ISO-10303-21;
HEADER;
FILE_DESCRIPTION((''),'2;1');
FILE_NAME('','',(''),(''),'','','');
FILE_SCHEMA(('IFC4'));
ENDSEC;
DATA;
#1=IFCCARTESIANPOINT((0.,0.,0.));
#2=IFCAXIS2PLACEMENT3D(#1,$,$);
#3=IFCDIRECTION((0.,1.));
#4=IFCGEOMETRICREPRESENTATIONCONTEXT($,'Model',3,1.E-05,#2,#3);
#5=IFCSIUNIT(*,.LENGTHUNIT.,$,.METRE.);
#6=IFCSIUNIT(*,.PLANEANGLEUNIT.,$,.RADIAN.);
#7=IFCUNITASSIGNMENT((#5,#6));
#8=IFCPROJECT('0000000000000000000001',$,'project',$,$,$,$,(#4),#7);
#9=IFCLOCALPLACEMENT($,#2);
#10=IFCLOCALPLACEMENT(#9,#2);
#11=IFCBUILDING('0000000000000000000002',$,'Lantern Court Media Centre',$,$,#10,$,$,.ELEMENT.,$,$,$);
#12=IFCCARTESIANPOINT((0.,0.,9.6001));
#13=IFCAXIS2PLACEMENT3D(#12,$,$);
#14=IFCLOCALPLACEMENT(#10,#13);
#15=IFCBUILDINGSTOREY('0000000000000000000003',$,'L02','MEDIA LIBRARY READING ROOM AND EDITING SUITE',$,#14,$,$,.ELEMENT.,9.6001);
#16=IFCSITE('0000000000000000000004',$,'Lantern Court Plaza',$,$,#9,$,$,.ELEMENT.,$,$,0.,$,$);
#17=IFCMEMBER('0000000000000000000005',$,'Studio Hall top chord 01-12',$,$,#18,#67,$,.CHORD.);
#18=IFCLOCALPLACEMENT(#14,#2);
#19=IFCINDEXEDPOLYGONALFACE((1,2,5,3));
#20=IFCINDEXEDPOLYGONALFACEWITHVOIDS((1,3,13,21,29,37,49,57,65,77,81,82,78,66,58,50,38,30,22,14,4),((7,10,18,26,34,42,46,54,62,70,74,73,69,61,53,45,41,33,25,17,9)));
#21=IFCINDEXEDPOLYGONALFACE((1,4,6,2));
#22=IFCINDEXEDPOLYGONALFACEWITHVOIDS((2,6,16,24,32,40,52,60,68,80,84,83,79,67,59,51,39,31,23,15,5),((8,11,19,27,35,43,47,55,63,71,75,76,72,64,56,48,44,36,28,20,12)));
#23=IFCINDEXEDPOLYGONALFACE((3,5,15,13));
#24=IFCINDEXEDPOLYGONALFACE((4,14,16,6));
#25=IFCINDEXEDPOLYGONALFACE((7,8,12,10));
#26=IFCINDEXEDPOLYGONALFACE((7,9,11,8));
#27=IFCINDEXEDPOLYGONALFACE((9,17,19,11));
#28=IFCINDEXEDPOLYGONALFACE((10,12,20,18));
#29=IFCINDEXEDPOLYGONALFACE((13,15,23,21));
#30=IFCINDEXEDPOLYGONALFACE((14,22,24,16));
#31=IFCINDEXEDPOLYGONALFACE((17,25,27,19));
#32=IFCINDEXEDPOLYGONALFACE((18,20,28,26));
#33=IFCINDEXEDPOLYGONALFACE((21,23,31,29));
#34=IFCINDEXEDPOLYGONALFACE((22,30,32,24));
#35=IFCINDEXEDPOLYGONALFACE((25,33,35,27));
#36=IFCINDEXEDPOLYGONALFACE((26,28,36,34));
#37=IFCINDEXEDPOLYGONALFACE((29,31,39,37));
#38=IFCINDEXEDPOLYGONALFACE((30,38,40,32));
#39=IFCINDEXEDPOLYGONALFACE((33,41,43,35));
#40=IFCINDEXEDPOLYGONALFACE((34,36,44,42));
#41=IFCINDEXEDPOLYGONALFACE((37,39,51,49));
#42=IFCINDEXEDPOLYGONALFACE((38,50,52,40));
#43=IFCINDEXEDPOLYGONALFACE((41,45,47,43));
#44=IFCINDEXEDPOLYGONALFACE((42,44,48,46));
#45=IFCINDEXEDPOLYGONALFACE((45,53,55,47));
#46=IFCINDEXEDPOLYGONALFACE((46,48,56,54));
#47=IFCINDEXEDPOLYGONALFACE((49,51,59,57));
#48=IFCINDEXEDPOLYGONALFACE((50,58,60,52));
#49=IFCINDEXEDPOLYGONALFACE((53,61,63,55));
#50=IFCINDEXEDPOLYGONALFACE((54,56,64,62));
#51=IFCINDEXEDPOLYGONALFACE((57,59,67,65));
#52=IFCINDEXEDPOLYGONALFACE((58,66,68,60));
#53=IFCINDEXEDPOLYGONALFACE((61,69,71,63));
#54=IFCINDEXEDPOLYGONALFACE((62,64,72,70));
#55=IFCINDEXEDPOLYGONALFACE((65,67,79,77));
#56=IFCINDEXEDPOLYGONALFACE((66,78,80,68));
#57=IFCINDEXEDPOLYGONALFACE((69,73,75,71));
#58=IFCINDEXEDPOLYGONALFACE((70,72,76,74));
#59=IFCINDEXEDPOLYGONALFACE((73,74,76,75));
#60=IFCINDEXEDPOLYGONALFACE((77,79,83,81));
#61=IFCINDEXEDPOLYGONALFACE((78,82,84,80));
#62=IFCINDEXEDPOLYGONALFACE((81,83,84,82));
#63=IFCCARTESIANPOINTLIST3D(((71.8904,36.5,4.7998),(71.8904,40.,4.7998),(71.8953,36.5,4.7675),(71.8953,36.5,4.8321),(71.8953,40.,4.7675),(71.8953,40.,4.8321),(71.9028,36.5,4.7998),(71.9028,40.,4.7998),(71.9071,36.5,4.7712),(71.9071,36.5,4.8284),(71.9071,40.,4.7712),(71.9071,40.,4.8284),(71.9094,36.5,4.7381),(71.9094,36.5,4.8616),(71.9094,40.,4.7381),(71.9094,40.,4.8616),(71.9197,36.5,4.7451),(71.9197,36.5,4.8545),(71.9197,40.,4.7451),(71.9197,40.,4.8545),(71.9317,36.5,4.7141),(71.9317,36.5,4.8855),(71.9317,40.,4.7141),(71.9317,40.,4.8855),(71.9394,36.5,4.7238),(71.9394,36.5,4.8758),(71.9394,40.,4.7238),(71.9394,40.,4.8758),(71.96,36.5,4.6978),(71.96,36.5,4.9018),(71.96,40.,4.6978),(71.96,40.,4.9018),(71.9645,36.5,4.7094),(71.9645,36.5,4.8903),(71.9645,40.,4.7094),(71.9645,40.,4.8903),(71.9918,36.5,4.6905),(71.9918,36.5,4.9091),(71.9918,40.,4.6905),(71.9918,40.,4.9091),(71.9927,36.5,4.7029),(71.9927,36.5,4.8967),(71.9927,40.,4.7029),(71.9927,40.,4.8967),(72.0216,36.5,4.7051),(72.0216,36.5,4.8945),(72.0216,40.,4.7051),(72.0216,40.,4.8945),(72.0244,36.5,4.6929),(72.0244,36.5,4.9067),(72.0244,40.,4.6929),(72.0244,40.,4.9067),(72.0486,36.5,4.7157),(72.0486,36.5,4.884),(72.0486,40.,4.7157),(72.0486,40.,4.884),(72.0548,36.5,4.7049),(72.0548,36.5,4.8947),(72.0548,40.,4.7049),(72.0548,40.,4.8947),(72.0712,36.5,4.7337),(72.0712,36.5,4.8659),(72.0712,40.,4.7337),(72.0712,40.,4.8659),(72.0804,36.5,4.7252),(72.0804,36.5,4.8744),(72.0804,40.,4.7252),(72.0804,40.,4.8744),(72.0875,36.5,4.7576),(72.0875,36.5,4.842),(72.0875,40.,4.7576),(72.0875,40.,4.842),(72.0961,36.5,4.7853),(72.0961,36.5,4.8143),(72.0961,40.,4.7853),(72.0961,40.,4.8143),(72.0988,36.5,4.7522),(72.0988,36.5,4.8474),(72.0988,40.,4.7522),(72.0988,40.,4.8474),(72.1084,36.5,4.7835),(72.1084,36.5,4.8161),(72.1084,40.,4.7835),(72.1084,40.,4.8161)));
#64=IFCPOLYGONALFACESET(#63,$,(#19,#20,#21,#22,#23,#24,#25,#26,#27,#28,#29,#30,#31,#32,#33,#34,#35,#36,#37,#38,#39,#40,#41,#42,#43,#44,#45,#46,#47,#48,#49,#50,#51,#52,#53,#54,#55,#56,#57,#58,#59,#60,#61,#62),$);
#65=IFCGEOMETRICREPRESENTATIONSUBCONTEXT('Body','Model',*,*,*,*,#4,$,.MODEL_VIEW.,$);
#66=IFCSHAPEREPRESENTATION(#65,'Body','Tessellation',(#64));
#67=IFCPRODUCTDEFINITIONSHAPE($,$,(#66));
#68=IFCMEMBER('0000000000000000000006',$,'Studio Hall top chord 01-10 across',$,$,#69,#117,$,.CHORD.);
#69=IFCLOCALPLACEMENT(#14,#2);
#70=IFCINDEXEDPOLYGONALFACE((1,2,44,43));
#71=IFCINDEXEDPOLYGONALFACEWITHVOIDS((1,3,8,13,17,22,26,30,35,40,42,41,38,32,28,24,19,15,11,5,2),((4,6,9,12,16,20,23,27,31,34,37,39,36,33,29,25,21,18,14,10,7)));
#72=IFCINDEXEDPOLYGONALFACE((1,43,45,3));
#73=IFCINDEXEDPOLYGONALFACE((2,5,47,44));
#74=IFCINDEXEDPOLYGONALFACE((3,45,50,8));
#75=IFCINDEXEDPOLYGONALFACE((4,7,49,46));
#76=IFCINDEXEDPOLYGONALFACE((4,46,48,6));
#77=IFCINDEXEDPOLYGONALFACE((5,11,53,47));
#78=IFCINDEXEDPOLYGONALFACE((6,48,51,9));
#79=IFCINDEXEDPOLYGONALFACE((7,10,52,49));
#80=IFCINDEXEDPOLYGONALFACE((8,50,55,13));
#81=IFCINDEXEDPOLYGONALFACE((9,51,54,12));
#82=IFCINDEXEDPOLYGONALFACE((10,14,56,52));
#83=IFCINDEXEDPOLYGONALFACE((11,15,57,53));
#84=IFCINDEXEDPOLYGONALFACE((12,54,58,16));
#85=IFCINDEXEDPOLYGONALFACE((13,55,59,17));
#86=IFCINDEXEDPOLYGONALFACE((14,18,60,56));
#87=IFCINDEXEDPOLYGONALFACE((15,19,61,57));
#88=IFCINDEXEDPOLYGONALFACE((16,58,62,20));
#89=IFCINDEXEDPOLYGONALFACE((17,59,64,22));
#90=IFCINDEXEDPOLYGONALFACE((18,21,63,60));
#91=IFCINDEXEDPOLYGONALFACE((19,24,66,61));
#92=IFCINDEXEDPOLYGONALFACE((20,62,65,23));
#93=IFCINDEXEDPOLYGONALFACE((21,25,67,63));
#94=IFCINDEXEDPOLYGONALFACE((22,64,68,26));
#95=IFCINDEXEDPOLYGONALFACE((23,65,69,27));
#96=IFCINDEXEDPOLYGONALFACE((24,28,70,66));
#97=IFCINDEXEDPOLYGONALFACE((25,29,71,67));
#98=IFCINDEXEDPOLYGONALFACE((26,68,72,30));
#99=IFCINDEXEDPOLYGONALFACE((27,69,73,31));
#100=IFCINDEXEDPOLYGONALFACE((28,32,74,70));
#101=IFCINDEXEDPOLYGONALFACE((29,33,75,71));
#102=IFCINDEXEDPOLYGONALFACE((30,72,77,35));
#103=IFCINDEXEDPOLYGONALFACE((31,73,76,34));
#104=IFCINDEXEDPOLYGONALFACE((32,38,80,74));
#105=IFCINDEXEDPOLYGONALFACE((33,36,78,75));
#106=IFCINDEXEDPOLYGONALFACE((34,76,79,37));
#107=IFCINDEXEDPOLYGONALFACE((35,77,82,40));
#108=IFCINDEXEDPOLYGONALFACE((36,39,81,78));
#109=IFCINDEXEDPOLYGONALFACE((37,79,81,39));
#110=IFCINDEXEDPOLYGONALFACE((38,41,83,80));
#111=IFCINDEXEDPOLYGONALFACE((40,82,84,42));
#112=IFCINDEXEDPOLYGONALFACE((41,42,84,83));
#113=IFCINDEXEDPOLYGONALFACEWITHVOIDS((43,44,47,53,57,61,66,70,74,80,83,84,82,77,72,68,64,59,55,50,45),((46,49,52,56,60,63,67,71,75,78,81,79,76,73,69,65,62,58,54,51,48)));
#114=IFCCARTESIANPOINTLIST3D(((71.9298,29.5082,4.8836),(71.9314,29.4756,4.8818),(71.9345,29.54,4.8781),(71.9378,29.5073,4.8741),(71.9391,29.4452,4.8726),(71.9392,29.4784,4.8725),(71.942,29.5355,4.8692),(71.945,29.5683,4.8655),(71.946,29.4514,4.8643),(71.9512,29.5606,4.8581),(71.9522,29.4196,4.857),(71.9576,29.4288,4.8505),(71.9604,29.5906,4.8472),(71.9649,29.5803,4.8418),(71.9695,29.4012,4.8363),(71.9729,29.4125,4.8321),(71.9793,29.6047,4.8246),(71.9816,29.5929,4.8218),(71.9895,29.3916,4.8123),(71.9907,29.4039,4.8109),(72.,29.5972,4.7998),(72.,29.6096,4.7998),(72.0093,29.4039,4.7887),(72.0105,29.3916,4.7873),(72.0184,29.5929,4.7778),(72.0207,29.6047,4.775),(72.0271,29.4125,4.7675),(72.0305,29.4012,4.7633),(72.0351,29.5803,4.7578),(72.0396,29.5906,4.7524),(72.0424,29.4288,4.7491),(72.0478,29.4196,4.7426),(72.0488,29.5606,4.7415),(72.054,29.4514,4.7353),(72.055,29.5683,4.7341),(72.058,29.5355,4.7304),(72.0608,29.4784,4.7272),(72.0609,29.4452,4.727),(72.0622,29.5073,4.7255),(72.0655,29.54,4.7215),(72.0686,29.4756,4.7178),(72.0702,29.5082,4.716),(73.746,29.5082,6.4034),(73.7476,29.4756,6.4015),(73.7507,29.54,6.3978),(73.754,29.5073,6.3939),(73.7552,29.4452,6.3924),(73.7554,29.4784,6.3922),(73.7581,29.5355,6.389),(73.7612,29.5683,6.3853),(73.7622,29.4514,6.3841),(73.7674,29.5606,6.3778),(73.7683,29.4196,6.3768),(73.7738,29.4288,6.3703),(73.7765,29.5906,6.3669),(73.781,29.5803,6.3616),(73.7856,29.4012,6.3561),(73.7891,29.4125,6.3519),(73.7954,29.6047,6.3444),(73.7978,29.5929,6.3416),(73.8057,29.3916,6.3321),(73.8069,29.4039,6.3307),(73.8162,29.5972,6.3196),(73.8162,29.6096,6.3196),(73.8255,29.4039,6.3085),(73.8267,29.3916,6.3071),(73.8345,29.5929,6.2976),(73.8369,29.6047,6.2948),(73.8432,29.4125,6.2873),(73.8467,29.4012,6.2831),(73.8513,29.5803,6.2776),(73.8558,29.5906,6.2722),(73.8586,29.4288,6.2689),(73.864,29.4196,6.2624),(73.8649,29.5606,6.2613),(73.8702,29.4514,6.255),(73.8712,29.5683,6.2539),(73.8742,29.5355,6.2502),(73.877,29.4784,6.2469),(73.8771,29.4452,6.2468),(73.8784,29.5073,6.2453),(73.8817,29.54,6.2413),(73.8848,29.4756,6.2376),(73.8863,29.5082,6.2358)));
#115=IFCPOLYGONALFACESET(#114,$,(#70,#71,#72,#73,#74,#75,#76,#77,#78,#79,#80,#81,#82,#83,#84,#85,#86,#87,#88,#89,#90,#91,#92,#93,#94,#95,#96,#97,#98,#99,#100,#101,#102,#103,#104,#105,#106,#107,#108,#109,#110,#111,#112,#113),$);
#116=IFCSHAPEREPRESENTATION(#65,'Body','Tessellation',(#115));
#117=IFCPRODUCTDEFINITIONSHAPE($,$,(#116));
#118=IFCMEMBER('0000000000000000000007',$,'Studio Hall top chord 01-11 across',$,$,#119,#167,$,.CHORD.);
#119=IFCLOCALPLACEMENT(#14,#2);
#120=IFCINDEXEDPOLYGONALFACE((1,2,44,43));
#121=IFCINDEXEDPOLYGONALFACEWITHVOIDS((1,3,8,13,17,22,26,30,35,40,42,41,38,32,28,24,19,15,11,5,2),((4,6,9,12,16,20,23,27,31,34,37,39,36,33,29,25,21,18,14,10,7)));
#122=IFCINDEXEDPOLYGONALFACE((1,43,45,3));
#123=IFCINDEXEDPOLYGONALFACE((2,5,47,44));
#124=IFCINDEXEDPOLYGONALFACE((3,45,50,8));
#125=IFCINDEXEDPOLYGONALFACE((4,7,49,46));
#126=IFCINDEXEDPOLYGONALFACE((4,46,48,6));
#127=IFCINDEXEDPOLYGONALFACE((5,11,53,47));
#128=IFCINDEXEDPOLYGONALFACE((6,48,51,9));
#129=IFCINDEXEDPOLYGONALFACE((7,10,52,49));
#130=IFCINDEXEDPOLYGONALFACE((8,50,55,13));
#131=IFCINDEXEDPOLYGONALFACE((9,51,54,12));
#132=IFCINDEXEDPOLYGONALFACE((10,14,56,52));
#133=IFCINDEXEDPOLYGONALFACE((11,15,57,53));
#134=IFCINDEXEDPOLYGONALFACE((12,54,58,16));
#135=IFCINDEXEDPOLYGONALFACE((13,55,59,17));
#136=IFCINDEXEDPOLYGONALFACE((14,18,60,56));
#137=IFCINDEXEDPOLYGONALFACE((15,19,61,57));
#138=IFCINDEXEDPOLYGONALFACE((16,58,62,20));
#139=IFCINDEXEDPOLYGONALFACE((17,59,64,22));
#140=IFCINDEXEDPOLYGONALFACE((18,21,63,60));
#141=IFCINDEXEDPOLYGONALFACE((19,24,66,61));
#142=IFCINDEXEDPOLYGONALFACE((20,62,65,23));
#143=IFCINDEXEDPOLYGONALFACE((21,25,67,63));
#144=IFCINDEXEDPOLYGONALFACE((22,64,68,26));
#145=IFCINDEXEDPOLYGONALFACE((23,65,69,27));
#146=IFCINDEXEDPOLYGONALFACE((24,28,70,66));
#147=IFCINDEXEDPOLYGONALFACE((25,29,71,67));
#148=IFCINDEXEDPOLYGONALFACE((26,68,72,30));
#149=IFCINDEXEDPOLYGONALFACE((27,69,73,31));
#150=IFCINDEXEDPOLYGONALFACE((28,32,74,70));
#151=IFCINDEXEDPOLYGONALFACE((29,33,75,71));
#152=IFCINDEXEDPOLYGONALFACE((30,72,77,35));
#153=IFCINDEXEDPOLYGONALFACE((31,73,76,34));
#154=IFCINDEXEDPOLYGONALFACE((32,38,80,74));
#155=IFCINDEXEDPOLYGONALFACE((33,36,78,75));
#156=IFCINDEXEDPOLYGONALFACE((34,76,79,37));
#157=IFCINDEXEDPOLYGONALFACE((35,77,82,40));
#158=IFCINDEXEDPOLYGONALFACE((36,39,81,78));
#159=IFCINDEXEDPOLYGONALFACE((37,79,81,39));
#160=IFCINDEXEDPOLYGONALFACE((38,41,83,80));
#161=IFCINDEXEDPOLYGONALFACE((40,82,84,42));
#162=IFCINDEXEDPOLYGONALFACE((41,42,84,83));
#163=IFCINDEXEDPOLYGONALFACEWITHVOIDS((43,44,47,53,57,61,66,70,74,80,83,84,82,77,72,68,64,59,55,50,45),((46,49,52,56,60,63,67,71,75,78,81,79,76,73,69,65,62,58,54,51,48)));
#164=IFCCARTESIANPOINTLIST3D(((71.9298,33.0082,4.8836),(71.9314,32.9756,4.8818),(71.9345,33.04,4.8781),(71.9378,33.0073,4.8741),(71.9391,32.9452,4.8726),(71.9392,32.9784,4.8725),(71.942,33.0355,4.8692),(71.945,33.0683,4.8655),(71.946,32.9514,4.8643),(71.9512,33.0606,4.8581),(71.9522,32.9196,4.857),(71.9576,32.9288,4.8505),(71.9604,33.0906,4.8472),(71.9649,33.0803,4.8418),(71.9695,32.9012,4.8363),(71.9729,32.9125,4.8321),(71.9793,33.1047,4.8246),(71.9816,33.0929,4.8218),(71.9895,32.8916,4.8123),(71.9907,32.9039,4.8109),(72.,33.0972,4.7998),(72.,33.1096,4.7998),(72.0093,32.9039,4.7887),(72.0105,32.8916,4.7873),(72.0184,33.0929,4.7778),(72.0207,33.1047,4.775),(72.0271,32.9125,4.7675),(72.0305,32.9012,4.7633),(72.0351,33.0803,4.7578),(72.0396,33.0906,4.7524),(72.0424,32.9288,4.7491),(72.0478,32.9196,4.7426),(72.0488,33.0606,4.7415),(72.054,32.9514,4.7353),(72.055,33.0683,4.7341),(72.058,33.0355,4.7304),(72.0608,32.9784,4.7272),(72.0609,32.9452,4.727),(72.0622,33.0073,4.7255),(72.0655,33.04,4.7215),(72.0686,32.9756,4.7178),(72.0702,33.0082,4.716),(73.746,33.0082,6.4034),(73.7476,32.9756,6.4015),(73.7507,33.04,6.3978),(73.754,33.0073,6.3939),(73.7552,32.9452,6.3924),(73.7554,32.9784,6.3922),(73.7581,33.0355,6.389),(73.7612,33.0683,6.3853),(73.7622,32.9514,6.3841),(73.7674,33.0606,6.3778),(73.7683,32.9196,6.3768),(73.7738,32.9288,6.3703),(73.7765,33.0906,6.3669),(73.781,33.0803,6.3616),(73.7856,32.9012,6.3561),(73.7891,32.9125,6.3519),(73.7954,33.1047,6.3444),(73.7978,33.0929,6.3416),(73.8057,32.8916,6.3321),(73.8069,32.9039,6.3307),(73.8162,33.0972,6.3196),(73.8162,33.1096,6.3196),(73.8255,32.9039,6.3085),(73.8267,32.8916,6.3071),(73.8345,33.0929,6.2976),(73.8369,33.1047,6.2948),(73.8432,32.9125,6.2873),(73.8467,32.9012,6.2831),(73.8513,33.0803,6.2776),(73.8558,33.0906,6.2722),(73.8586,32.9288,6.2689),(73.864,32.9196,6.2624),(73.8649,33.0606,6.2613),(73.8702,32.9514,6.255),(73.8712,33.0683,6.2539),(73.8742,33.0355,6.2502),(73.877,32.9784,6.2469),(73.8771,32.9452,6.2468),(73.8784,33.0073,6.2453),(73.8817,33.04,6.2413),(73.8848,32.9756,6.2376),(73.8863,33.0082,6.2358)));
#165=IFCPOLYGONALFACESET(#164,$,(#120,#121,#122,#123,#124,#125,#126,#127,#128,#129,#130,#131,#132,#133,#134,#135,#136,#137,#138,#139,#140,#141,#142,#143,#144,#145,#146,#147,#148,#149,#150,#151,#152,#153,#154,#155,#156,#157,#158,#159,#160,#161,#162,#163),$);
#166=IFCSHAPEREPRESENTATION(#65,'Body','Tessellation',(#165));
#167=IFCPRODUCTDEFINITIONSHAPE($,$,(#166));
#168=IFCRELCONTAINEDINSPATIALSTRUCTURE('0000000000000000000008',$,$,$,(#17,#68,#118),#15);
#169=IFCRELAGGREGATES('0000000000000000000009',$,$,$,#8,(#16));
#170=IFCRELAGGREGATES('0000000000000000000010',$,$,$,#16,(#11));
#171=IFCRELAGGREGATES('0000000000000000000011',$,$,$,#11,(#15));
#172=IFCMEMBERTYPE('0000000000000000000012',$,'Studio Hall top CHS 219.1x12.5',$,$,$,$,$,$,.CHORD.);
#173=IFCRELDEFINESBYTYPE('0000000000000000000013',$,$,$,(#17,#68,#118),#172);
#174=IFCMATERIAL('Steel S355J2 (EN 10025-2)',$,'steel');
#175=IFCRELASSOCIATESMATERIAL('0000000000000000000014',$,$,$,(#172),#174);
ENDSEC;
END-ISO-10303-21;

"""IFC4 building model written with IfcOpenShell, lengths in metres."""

from ifc_helpers import new_model, si_unit, direction, frame, origin, origin_2d, place, context, subcontext, project, spatial, hollow_circle, extrude, material, material_profile, profile_set, type_object, element, save


model = new_model("IFC4")

# Units and contexts
model_context = context("Model", 3, precision=1e-05, world=origin(), true_north=direction((0.0, 1.0)))
body_context = subcontext(model_context, "Body", "Model", "MODEL_VIEW")
ifc_project = project(units=[si_unit("LENGTHUNIT", "METRE"), si_unit("PLANEANGLEUNIT", "RADIAN")], contexts=[model_context])

# Site, building, storey
site_placement = place(None, origin())
site = spatial("IfcSite", under=ifc_project, at=site_placement, Name="Lantern Court Plaza", CompositionType="ELEMENT", RefElevation=0.0)
building_placement = place(site_placement, origin())
building = spatial("IfcBuilding", under=site, at=building_placement, Name="Lantern Court Media Centre", CompositionType="ELEMENT")
storey_placement = place(building_placement, frame((0.0, 0.0, 9.6001)))
storey = spatial("IfcBuildingStorey", under=building, at=storey_placement, Name="L02", Description="MEDIA LIBRARY READING ROOM AND EDITING SUITE", CompositionType="ELEMENT", Elevation=9.6001)

# Shared definitions
ifc_material_1 = material(Name="Steel S355J2 (EN 10025-2)", Category="steel")

# Members
ifc_material_profile_1 = material_profile(ifc_material_1, hollow_circle(Radius=0.1096, WallThickness=0.0125, at=origin_2d()), Name="Studio Hall top CHS 219.1x12.5")
ifc_profile_set_1 = profile_set([ifc_material_profile_1], Name="Steel S355J2 (EN 10025-2)")
member_type = type_object("IfcMemberType", Name="Studio Hall top CHS 219.1x12.5", PredefinedType="CHORD", material=ifc_profile_set_1)
for number, where, z_axis, x_axis, name in (
    (1, (72.0, 36.5, 4.7998), (0.0, 1.0, 0.0), (-1.0, 0.0, 0.0), "Studio Hall top chord 01-12"),
):
    element("IfcMember", number, at=place(storey_placement, frame(where, z_axis=z_axis, x_axis=x_axis)), inside=storey, type_object=member_type, Name=name, PredefinedType="CHORD", context=body_context, shape_type="SweptSolid", body=[
        extrude(hollow_circle(Radius=0.1096, WallThickness=0.0125, at=origin_2d()), origin(), (0.0, 0.0, 1.0), 3.5),
    ])
for number, where, z_axis, x_axis, name in (
    (2, (72.0, 29.5, 4.7998), (0.76691, 0.0, 0.641755), (0.0, 1.0, 0.0), "Studio Hall top chord 01-10 across"),
    (3, (72.0, 33.0, 4.7998), (0.76691, 0.0, 0.641755), (0.0, 1.0, 0.0), "Studio Hall top chord 01-11 across"),
):
    element("IfcMember", number, at=place(storey_placement, frame(where, z_axis=z_axis, x_axis=x_axis)), inside=storey, type_object=member_type, Name=name, PredefinedType="CHORD", context=body_context, shape_type="SweptSolid", body=[
        extrude(hollow_circle(Radius=0.1096, WallThickness=0.0125, at=origin_2d()), origin(), (0.0, 0.0, 1.0), 2.3682),
    ])

save(model, "model.ifc")
